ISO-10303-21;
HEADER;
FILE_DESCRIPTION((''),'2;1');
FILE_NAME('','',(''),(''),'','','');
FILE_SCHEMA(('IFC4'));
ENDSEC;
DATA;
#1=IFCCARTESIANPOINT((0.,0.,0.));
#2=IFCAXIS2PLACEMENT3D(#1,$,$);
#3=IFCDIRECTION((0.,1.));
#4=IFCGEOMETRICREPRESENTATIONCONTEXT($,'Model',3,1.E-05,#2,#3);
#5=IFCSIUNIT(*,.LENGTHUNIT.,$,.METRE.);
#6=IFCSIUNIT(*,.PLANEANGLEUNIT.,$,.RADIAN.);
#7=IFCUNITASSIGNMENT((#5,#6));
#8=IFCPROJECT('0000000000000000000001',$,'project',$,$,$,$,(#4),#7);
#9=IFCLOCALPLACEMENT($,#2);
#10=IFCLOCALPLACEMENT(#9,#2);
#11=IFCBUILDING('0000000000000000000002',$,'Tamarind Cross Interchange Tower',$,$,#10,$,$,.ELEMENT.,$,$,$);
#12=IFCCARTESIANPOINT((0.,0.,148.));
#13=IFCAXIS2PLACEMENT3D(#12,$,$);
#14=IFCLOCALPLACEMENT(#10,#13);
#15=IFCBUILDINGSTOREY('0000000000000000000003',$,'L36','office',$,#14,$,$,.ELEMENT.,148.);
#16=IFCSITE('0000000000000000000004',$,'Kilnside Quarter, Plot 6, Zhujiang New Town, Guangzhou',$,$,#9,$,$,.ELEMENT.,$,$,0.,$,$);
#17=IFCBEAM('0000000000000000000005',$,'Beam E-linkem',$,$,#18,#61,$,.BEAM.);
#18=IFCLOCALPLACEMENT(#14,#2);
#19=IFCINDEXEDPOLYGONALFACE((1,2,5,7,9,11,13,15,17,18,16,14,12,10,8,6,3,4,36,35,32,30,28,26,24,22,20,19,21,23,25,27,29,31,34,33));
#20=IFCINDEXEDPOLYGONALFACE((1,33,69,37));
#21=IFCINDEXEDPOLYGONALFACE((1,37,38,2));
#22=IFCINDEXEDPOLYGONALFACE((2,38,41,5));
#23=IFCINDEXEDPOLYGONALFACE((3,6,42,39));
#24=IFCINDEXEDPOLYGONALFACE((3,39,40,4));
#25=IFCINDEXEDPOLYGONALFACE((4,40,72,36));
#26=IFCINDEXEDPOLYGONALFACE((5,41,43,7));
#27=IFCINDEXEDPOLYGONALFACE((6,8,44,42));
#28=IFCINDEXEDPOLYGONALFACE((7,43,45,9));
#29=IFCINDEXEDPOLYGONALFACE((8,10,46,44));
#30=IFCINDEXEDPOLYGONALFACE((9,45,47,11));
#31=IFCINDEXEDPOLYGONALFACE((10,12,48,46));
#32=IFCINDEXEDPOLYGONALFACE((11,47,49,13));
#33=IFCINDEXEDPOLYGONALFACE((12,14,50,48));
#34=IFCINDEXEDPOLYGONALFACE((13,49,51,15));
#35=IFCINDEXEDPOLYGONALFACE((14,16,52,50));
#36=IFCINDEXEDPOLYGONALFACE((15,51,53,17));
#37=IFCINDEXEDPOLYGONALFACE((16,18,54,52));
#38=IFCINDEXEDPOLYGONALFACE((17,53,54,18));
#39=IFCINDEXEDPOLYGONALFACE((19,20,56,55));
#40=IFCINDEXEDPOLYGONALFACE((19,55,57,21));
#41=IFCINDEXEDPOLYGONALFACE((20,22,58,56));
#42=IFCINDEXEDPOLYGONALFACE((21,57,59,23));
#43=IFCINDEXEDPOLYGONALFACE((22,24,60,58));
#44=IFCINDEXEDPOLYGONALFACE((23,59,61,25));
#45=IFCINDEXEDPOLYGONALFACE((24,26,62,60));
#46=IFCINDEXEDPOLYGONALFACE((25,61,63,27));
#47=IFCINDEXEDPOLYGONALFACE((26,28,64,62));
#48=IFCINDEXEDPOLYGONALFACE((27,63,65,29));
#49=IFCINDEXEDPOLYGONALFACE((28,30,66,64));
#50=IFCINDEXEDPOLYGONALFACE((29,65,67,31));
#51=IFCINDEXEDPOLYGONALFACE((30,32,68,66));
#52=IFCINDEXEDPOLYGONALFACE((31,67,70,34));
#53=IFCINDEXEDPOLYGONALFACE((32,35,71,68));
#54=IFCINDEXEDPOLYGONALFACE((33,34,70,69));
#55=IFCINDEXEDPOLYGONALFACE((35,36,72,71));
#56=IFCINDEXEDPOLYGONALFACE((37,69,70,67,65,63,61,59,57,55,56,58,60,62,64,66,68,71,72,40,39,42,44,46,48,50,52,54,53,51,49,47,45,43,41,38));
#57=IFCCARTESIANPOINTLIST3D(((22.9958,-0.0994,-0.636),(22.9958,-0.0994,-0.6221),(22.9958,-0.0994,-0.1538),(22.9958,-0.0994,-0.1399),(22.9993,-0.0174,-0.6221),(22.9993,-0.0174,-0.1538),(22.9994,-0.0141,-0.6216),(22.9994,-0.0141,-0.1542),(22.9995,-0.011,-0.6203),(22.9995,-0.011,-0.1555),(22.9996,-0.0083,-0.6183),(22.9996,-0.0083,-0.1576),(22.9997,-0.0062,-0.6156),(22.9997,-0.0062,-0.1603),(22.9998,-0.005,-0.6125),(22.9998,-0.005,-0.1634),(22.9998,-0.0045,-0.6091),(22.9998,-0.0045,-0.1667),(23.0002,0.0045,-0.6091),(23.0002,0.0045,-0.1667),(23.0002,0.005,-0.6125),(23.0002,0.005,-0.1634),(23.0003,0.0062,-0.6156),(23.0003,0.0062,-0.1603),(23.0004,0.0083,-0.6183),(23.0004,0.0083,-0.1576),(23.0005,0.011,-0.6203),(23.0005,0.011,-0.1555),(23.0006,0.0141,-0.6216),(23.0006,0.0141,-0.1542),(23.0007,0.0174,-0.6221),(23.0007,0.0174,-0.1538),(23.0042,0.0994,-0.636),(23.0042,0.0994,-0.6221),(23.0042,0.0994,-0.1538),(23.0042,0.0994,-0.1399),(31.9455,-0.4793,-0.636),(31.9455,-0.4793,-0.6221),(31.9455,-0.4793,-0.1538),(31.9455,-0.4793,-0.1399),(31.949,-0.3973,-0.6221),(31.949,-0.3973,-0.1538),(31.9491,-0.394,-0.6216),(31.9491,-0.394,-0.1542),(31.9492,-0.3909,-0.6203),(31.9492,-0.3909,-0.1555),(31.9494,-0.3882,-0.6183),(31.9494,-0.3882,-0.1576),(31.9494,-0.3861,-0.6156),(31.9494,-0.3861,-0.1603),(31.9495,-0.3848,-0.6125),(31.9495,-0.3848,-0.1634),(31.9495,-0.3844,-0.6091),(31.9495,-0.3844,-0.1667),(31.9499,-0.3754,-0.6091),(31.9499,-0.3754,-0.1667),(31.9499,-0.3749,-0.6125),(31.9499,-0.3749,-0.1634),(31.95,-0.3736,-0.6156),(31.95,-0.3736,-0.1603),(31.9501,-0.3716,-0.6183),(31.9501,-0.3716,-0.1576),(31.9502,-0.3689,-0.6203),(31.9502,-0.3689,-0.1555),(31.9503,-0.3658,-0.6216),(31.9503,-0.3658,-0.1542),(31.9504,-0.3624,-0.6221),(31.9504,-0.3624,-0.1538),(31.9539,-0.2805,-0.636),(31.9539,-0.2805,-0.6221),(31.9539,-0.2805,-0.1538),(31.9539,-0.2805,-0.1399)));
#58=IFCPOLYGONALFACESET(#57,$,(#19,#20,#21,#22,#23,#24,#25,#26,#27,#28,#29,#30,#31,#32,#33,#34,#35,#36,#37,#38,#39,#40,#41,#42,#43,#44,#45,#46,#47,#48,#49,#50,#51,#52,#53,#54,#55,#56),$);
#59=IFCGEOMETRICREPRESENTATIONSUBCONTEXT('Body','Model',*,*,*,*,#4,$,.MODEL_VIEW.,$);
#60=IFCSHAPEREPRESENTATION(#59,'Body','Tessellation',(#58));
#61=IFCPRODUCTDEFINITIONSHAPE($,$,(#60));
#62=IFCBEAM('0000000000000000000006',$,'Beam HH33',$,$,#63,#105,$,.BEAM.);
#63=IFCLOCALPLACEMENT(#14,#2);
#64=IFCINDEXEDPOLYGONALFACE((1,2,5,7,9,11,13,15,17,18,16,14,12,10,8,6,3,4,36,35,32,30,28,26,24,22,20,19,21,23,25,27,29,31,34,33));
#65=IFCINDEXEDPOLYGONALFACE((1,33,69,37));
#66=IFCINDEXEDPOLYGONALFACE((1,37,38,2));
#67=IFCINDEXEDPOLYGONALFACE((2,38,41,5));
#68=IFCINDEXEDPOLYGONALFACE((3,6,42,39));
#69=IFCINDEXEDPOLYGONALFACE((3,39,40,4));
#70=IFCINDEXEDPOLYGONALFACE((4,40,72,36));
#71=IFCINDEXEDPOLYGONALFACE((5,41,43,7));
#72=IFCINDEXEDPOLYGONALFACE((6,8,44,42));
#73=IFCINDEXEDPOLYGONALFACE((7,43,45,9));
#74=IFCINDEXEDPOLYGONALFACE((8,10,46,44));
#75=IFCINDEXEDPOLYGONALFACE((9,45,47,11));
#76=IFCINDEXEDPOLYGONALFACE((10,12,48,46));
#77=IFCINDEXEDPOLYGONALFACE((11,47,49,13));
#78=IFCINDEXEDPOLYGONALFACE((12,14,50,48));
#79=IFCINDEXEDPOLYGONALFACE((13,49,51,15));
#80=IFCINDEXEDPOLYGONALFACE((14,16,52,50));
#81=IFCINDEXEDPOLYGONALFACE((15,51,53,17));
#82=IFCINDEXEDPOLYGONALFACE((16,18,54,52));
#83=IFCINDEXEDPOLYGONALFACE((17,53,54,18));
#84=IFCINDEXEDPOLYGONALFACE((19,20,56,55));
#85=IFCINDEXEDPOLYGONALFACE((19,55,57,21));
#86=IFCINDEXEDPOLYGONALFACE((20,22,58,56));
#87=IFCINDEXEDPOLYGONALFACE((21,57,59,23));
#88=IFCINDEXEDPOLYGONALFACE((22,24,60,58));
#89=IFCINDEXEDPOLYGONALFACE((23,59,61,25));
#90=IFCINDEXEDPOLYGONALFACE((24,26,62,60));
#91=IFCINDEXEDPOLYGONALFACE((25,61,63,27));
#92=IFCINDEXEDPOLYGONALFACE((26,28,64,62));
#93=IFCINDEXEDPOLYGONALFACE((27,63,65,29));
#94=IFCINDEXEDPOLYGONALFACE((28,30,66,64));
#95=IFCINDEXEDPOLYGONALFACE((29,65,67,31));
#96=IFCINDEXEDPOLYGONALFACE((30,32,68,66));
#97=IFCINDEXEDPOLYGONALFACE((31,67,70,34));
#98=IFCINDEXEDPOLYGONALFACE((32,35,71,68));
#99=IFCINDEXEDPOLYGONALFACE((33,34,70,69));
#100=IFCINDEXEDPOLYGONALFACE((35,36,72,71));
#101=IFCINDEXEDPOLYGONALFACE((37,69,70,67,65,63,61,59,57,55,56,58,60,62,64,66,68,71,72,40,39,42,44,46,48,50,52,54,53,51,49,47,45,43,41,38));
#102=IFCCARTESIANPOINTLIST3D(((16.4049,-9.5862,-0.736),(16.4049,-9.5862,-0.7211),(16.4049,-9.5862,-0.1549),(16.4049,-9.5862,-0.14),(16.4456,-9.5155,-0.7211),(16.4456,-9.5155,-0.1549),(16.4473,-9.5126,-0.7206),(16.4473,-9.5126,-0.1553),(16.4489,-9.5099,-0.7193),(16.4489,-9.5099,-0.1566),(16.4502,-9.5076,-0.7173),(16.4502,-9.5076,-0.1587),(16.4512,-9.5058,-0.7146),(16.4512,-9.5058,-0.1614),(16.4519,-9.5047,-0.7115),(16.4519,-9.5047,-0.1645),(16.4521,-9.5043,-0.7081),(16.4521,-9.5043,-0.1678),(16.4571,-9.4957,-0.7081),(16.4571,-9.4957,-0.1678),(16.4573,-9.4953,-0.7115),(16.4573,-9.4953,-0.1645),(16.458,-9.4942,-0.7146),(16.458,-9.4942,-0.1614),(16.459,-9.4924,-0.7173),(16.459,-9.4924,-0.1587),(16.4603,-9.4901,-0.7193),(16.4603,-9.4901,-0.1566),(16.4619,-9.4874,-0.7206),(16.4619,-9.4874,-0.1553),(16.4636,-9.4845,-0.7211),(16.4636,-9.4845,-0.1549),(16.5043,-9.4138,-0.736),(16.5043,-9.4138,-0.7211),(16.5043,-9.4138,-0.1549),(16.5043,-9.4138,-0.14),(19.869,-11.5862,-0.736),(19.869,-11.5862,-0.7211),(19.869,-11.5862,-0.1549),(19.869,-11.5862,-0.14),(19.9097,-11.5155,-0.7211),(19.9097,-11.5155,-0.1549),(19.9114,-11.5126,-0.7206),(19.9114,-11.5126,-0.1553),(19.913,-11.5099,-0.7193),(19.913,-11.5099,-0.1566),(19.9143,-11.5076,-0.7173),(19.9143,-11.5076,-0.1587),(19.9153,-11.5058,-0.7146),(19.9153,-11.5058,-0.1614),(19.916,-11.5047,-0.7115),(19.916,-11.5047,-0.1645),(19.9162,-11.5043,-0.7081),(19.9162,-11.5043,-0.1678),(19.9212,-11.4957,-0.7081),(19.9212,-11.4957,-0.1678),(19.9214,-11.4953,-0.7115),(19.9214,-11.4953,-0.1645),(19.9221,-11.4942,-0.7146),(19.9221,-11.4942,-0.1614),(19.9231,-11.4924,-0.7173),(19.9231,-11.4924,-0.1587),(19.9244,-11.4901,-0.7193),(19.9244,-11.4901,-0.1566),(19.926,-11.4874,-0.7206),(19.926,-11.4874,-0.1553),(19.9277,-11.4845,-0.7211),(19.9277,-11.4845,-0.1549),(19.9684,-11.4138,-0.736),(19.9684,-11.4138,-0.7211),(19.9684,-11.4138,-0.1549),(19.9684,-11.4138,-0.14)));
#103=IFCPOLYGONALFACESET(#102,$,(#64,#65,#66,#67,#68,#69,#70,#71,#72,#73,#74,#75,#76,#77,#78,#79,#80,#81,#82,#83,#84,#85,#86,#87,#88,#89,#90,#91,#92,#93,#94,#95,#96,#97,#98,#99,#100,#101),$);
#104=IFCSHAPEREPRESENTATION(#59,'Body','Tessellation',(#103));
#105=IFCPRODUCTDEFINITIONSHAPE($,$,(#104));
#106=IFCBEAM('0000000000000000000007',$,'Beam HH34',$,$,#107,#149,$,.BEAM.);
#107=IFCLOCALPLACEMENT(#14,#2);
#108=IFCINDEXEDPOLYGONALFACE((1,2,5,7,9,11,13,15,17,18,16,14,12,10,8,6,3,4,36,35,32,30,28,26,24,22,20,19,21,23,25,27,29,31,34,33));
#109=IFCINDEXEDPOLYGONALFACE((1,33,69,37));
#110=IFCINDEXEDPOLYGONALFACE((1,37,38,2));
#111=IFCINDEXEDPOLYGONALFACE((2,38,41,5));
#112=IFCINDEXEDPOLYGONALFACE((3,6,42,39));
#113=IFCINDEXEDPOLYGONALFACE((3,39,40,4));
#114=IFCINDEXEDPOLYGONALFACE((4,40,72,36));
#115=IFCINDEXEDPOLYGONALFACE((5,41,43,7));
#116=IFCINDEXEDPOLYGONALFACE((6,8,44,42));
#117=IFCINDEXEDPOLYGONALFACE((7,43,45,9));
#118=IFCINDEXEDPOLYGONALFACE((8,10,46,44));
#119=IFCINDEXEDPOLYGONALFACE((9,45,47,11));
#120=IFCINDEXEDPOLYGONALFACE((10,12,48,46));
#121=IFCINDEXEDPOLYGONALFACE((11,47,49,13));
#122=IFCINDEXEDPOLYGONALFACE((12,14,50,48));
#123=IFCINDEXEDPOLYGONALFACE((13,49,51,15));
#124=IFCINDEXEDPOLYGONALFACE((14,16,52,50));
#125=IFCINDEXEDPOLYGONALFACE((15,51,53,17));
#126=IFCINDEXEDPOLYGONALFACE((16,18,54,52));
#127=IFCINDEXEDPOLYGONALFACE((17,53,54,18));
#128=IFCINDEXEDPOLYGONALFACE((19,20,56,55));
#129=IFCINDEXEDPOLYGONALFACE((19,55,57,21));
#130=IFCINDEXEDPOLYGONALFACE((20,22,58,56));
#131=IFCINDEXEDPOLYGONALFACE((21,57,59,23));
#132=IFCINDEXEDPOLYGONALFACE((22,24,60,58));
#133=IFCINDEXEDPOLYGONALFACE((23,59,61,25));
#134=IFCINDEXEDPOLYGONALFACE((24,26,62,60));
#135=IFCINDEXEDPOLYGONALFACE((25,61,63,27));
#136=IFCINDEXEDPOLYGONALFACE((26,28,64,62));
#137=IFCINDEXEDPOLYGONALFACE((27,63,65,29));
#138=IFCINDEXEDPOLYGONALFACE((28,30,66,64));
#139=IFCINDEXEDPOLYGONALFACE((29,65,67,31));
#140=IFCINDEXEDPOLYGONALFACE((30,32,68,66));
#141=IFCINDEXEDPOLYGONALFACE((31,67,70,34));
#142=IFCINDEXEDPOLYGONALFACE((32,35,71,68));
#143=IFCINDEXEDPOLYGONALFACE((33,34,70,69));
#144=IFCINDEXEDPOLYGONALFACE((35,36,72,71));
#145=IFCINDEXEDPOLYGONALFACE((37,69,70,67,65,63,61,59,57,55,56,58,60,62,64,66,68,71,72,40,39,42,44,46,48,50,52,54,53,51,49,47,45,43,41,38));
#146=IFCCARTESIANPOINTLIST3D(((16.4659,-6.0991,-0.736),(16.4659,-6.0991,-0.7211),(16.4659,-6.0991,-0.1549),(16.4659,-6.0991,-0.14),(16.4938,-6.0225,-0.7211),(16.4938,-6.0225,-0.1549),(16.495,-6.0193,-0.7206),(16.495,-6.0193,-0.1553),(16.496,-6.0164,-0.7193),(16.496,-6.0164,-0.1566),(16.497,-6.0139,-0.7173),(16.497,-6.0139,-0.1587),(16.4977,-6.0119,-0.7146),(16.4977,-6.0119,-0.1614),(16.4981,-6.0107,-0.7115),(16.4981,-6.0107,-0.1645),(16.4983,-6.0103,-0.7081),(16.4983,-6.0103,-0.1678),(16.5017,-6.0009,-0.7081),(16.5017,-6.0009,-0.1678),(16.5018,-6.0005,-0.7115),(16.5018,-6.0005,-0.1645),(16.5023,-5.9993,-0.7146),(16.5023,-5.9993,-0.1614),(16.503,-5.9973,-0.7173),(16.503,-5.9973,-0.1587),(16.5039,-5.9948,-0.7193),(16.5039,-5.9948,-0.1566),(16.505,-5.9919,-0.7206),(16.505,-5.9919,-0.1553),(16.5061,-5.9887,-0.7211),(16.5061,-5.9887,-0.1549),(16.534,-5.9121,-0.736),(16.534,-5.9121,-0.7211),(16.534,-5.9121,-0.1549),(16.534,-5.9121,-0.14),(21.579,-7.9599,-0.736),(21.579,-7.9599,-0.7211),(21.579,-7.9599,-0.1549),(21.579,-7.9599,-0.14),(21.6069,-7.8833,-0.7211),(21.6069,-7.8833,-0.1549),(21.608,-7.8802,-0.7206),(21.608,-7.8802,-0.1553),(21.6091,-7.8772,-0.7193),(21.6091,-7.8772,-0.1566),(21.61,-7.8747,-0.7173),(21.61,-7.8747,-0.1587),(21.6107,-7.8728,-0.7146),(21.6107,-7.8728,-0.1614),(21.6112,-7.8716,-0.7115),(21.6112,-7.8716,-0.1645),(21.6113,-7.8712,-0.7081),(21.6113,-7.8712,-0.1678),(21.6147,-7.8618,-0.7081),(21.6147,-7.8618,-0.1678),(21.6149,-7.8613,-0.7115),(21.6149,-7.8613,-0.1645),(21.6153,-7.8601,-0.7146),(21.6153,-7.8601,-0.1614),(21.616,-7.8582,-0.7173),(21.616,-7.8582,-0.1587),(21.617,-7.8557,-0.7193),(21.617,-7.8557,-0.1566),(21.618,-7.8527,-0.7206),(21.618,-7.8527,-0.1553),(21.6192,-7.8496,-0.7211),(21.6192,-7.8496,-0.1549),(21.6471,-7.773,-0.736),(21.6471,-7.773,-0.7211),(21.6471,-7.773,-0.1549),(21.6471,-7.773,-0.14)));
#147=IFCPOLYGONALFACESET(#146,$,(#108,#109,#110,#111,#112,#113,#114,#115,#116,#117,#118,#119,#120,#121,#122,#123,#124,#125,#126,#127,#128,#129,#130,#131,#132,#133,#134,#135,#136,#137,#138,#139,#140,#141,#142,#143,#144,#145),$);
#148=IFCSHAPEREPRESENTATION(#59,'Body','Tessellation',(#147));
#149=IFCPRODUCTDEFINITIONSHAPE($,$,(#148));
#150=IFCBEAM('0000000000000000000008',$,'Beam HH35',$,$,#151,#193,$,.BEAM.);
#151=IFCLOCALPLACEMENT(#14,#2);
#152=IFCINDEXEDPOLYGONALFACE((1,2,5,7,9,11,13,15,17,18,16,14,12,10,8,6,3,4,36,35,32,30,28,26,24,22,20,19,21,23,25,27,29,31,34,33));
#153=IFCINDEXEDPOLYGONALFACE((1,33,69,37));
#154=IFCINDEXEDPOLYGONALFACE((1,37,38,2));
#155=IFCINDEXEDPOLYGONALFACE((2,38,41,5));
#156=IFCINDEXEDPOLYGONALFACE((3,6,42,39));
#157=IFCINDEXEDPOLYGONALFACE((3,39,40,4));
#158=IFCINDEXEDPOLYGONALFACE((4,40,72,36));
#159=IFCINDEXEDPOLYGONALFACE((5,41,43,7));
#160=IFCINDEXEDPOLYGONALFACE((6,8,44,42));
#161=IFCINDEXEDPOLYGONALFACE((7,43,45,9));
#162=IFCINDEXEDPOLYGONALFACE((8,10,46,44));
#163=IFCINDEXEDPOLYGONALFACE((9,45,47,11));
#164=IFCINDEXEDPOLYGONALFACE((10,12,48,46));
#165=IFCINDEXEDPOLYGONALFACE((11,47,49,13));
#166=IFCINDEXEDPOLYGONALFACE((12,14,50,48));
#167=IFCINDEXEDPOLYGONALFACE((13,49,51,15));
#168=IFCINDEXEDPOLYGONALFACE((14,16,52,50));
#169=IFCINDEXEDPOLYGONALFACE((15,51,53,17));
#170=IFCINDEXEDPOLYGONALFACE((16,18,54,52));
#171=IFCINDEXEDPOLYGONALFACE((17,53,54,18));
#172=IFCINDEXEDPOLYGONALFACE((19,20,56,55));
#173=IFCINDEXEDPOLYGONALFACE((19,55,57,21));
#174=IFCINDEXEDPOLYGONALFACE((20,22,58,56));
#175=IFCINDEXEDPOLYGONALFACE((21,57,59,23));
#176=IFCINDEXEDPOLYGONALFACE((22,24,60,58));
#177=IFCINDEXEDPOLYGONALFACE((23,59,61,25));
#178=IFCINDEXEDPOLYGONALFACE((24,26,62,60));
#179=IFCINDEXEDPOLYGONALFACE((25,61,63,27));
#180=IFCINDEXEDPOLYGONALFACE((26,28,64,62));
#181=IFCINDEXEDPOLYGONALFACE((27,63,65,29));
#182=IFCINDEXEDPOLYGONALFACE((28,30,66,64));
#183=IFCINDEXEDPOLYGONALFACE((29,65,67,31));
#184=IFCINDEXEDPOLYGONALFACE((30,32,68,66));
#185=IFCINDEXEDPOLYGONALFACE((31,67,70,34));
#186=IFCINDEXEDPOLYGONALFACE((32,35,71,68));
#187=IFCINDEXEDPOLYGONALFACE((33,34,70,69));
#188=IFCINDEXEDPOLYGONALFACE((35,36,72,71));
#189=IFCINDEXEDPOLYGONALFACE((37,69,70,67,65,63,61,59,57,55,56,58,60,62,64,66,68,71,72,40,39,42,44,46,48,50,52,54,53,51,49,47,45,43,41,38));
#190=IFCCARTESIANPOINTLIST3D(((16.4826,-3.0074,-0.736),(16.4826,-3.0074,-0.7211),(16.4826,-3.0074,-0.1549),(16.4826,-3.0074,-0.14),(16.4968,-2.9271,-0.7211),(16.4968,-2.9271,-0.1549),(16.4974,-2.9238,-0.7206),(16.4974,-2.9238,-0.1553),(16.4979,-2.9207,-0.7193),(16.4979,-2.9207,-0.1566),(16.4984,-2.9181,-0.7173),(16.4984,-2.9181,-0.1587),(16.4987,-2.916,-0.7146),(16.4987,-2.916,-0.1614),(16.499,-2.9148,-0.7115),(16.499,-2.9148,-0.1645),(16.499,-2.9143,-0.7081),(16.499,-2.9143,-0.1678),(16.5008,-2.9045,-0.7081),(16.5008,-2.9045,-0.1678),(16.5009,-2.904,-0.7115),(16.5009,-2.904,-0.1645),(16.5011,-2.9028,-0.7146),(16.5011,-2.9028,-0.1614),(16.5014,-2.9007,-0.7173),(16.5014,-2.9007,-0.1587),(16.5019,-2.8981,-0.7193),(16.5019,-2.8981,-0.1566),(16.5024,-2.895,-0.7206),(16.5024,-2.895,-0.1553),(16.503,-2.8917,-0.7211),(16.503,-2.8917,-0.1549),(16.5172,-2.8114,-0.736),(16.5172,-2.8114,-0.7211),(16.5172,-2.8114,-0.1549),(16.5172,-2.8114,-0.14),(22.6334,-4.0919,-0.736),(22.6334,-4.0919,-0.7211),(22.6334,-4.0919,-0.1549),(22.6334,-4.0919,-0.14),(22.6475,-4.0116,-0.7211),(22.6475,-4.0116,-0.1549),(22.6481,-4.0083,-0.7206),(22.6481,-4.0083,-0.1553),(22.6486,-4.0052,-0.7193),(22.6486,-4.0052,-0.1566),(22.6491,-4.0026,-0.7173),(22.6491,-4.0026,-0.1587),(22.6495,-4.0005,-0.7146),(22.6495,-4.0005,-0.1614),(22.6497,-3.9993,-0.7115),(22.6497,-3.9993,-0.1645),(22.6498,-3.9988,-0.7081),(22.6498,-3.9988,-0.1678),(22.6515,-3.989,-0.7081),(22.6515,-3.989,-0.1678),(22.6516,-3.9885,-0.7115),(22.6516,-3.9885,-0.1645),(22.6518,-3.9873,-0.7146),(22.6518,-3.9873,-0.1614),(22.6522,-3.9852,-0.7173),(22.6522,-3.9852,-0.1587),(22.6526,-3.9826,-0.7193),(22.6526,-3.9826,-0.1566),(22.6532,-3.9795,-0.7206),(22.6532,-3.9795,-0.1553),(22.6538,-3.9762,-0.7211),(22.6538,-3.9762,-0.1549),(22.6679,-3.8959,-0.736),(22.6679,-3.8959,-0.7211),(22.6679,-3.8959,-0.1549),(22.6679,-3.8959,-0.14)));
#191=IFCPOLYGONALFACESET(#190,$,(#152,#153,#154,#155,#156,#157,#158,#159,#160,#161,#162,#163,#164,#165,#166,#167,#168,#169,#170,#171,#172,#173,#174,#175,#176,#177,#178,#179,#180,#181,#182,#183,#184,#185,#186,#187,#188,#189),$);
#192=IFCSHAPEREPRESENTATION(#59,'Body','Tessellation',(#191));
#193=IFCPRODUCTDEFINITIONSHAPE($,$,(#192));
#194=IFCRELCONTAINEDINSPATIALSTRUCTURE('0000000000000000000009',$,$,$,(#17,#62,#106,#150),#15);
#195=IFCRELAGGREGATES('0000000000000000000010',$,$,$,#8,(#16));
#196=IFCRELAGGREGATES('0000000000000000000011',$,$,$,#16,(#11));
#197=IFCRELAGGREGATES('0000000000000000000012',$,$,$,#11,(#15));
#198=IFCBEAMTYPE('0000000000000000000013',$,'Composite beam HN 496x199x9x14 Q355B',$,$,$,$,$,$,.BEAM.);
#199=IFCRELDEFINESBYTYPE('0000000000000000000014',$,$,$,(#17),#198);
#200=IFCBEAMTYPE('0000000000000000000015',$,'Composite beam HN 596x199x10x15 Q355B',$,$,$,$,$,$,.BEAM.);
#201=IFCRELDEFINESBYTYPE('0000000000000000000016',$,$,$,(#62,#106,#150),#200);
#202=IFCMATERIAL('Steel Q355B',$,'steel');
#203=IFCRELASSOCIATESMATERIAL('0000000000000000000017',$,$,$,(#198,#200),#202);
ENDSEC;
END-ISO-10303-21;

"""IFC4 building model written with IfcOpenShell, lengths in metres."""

from ifc_helpers import new_model, si_unit, direction, frame, origin, origin_2d, place, context, subcontext, project, spatial, i_section, extrude, material, material_profile, profile_set, type_object, element, save


model = new_model("IFC4")

# Units and contexts
model_context = context("Model", 3, precision=1e-05, world=origin(), true_north=direction((0.0, 1.0)))
body_context = subcontext(model_context, "Body", "Model", "MODEL_VIEW")
ifc_project = project(units=[si_unit("LENGTHUNIT", "METRE"), si_unit("PLANEANGLEUNIT", "RADIAN")], contexts=[model_context])

# Site, building, storey
site_placement = place(None, origin())
site = spatial("IfcSite", under=ifc_project, at=site_placement, Name="Kilnside Quarter, Plot 6, Zhujiang New Town, Guangzhou", CompositionType="ELEMENT", RefElevation=0.0)
building_placement = place(site_placement, origin())
building = spatial("IfcBuilding", under=site, at=building_placement, Name="Tamarind Cross Interchange Tower", CompositionType="ELEMENT")
storey_placement = place(building_placement, frame((0.0, 0.0, 148.0)))
storey = spatial("IfcBuildingStorey", under=building, at=storey_placement, Name="L36", Description="office", CompositionType="ELEMENT", Elevation=148.0)

# Beams
ifc_material_1 = material(Name="Steel Q355B", Category="steel")
ifc_material_profile_1 = material_profile(ifc_material_1, i_section(OverallWidth=0.199, OverallDepth=0.4961, WebThickness=0.009, FlangeThickness=0.0139, FilletRadius=0.0129, at=origin_2d()), Name="HN 496x199x9x14")
ifc_profile_set_1 = profile_set([ifc_material_profile_1], Name="Steel Q355B")
beam_type_1 = type_object("IfcBeamType", Name="Composite beam HN 496x199x9x14 Q355B", PredefinedType="BEAM", material=ifc_profile_set_1)
beam_1_placement = place(storey_placement, frame((31.9497, -0.3799, -0.3879), z_axis=(-0.9991, 0.042408, 0.0), x_axis=(-0.042408, -0.9991, 0.0)))
element("IfcBeam", 1, at=beam_1_placement, inside=storey, type_object=beam_type_1, Name="Beam E-linkem", PredefinedType="BEAM", context=body_context, shape_type="SweptSolid", body=[
    extrude(i_section(OverallWidth=0.199, OverallDepth=0.4961, WebThickness=0.009, FlangeThickness=0.0139, FilletRadius=0.0129, at=origin_2d()), origin(), (0.0, 0.0, 1.0), 8.9578),
])
ifc_material_profile_2 = material_profile(ifc_material_1, i_section(OverallWidth=0.199, OverallDepth=0.5959, WebThickness=0.01, FlangeThickness=0.0149, FilletRadius=0.0129, at=origin_2d()), Name="HN 596x199x10x15")
ifc_profile_set_2 = profile_set([ifc_material_profile_2], Name="Steel Q355B")
beam_type_2 = type_object("IfcBeamType", Name="Composite beam HN 596x199x10x15 Q355B", PredefinedType="BEAM", material=ifc_profile_set_2)
beam_2_placement = place(storey_placement, frame((19.9187, -11.5, -0.438), z_axis=(-0.866026, 0.499999, 0.0), x_axis=(-0.499999, -0.866026, 0.0)))
element("IfcBeam", 2, at=beam_2_placement, inside=storey, type_object=beam_type_2, Name="Beam HH33", PredefinedType="BEAM", context=body_context, shape_type="SweptSolid", body=[
    extrude(i_section(OverallWidth=0.199, OverallDepth=0.5959, WebThickness=0.01, FlangeThickness=0.0149, FilletRadius=0.0129, at=origin_2d()), origin(), (0.0, 0.0, 1.0), 4.0),
])
beam_3_placement = place(storey_placement, frame((21.613, -7.8665, -0.438), z_axis=(-0.939702, 0.341995, 0.0), x_axis=(-0.341995, -0.939702, 0.0)))
element("IfcBeam", 3, at=beam_3_placement, inside=storey, type_object=beam_type_2, Name="Beam HH34", PredefinedType="BEAM", context=body_context, shape_type="SweptSolid", body=[
    extrude(i_section(OverallWidth=0.199, OverallDepth=0.5959, WebThickness=0.01, FlangeThickness=0.0149, FilletRadius=0.0129, at=origin_2d()), origin(), (0.0, 0.0, 1.0), 5.4412),
])
beam_4_placement = place(storey_placement, frame((22.6506, -3.9939, -0.438), z_axis=(-0.984809, 0.17364, 0.0), x_axis=(-0.17364, -0.984809, 0.0)))
element("IfcBeam", 4, at=beam_4_placement, inside=storey, type_object=beam_type_2, Name="Beam HH35", PredefinedType="BEAM", context=body_context, shape_type="SweptSolid", body=[
    extrude(i_section(OverallWidth=0.199, OverallDepth=0.5959, WebThickness=0.01, FlangeThickness=0.0149, FilletRadius=0.0129, at=origin_2d()), origin(), (0.0, 0.0, 1.0), 6.2456),
])

save(model, "model.ifc")
